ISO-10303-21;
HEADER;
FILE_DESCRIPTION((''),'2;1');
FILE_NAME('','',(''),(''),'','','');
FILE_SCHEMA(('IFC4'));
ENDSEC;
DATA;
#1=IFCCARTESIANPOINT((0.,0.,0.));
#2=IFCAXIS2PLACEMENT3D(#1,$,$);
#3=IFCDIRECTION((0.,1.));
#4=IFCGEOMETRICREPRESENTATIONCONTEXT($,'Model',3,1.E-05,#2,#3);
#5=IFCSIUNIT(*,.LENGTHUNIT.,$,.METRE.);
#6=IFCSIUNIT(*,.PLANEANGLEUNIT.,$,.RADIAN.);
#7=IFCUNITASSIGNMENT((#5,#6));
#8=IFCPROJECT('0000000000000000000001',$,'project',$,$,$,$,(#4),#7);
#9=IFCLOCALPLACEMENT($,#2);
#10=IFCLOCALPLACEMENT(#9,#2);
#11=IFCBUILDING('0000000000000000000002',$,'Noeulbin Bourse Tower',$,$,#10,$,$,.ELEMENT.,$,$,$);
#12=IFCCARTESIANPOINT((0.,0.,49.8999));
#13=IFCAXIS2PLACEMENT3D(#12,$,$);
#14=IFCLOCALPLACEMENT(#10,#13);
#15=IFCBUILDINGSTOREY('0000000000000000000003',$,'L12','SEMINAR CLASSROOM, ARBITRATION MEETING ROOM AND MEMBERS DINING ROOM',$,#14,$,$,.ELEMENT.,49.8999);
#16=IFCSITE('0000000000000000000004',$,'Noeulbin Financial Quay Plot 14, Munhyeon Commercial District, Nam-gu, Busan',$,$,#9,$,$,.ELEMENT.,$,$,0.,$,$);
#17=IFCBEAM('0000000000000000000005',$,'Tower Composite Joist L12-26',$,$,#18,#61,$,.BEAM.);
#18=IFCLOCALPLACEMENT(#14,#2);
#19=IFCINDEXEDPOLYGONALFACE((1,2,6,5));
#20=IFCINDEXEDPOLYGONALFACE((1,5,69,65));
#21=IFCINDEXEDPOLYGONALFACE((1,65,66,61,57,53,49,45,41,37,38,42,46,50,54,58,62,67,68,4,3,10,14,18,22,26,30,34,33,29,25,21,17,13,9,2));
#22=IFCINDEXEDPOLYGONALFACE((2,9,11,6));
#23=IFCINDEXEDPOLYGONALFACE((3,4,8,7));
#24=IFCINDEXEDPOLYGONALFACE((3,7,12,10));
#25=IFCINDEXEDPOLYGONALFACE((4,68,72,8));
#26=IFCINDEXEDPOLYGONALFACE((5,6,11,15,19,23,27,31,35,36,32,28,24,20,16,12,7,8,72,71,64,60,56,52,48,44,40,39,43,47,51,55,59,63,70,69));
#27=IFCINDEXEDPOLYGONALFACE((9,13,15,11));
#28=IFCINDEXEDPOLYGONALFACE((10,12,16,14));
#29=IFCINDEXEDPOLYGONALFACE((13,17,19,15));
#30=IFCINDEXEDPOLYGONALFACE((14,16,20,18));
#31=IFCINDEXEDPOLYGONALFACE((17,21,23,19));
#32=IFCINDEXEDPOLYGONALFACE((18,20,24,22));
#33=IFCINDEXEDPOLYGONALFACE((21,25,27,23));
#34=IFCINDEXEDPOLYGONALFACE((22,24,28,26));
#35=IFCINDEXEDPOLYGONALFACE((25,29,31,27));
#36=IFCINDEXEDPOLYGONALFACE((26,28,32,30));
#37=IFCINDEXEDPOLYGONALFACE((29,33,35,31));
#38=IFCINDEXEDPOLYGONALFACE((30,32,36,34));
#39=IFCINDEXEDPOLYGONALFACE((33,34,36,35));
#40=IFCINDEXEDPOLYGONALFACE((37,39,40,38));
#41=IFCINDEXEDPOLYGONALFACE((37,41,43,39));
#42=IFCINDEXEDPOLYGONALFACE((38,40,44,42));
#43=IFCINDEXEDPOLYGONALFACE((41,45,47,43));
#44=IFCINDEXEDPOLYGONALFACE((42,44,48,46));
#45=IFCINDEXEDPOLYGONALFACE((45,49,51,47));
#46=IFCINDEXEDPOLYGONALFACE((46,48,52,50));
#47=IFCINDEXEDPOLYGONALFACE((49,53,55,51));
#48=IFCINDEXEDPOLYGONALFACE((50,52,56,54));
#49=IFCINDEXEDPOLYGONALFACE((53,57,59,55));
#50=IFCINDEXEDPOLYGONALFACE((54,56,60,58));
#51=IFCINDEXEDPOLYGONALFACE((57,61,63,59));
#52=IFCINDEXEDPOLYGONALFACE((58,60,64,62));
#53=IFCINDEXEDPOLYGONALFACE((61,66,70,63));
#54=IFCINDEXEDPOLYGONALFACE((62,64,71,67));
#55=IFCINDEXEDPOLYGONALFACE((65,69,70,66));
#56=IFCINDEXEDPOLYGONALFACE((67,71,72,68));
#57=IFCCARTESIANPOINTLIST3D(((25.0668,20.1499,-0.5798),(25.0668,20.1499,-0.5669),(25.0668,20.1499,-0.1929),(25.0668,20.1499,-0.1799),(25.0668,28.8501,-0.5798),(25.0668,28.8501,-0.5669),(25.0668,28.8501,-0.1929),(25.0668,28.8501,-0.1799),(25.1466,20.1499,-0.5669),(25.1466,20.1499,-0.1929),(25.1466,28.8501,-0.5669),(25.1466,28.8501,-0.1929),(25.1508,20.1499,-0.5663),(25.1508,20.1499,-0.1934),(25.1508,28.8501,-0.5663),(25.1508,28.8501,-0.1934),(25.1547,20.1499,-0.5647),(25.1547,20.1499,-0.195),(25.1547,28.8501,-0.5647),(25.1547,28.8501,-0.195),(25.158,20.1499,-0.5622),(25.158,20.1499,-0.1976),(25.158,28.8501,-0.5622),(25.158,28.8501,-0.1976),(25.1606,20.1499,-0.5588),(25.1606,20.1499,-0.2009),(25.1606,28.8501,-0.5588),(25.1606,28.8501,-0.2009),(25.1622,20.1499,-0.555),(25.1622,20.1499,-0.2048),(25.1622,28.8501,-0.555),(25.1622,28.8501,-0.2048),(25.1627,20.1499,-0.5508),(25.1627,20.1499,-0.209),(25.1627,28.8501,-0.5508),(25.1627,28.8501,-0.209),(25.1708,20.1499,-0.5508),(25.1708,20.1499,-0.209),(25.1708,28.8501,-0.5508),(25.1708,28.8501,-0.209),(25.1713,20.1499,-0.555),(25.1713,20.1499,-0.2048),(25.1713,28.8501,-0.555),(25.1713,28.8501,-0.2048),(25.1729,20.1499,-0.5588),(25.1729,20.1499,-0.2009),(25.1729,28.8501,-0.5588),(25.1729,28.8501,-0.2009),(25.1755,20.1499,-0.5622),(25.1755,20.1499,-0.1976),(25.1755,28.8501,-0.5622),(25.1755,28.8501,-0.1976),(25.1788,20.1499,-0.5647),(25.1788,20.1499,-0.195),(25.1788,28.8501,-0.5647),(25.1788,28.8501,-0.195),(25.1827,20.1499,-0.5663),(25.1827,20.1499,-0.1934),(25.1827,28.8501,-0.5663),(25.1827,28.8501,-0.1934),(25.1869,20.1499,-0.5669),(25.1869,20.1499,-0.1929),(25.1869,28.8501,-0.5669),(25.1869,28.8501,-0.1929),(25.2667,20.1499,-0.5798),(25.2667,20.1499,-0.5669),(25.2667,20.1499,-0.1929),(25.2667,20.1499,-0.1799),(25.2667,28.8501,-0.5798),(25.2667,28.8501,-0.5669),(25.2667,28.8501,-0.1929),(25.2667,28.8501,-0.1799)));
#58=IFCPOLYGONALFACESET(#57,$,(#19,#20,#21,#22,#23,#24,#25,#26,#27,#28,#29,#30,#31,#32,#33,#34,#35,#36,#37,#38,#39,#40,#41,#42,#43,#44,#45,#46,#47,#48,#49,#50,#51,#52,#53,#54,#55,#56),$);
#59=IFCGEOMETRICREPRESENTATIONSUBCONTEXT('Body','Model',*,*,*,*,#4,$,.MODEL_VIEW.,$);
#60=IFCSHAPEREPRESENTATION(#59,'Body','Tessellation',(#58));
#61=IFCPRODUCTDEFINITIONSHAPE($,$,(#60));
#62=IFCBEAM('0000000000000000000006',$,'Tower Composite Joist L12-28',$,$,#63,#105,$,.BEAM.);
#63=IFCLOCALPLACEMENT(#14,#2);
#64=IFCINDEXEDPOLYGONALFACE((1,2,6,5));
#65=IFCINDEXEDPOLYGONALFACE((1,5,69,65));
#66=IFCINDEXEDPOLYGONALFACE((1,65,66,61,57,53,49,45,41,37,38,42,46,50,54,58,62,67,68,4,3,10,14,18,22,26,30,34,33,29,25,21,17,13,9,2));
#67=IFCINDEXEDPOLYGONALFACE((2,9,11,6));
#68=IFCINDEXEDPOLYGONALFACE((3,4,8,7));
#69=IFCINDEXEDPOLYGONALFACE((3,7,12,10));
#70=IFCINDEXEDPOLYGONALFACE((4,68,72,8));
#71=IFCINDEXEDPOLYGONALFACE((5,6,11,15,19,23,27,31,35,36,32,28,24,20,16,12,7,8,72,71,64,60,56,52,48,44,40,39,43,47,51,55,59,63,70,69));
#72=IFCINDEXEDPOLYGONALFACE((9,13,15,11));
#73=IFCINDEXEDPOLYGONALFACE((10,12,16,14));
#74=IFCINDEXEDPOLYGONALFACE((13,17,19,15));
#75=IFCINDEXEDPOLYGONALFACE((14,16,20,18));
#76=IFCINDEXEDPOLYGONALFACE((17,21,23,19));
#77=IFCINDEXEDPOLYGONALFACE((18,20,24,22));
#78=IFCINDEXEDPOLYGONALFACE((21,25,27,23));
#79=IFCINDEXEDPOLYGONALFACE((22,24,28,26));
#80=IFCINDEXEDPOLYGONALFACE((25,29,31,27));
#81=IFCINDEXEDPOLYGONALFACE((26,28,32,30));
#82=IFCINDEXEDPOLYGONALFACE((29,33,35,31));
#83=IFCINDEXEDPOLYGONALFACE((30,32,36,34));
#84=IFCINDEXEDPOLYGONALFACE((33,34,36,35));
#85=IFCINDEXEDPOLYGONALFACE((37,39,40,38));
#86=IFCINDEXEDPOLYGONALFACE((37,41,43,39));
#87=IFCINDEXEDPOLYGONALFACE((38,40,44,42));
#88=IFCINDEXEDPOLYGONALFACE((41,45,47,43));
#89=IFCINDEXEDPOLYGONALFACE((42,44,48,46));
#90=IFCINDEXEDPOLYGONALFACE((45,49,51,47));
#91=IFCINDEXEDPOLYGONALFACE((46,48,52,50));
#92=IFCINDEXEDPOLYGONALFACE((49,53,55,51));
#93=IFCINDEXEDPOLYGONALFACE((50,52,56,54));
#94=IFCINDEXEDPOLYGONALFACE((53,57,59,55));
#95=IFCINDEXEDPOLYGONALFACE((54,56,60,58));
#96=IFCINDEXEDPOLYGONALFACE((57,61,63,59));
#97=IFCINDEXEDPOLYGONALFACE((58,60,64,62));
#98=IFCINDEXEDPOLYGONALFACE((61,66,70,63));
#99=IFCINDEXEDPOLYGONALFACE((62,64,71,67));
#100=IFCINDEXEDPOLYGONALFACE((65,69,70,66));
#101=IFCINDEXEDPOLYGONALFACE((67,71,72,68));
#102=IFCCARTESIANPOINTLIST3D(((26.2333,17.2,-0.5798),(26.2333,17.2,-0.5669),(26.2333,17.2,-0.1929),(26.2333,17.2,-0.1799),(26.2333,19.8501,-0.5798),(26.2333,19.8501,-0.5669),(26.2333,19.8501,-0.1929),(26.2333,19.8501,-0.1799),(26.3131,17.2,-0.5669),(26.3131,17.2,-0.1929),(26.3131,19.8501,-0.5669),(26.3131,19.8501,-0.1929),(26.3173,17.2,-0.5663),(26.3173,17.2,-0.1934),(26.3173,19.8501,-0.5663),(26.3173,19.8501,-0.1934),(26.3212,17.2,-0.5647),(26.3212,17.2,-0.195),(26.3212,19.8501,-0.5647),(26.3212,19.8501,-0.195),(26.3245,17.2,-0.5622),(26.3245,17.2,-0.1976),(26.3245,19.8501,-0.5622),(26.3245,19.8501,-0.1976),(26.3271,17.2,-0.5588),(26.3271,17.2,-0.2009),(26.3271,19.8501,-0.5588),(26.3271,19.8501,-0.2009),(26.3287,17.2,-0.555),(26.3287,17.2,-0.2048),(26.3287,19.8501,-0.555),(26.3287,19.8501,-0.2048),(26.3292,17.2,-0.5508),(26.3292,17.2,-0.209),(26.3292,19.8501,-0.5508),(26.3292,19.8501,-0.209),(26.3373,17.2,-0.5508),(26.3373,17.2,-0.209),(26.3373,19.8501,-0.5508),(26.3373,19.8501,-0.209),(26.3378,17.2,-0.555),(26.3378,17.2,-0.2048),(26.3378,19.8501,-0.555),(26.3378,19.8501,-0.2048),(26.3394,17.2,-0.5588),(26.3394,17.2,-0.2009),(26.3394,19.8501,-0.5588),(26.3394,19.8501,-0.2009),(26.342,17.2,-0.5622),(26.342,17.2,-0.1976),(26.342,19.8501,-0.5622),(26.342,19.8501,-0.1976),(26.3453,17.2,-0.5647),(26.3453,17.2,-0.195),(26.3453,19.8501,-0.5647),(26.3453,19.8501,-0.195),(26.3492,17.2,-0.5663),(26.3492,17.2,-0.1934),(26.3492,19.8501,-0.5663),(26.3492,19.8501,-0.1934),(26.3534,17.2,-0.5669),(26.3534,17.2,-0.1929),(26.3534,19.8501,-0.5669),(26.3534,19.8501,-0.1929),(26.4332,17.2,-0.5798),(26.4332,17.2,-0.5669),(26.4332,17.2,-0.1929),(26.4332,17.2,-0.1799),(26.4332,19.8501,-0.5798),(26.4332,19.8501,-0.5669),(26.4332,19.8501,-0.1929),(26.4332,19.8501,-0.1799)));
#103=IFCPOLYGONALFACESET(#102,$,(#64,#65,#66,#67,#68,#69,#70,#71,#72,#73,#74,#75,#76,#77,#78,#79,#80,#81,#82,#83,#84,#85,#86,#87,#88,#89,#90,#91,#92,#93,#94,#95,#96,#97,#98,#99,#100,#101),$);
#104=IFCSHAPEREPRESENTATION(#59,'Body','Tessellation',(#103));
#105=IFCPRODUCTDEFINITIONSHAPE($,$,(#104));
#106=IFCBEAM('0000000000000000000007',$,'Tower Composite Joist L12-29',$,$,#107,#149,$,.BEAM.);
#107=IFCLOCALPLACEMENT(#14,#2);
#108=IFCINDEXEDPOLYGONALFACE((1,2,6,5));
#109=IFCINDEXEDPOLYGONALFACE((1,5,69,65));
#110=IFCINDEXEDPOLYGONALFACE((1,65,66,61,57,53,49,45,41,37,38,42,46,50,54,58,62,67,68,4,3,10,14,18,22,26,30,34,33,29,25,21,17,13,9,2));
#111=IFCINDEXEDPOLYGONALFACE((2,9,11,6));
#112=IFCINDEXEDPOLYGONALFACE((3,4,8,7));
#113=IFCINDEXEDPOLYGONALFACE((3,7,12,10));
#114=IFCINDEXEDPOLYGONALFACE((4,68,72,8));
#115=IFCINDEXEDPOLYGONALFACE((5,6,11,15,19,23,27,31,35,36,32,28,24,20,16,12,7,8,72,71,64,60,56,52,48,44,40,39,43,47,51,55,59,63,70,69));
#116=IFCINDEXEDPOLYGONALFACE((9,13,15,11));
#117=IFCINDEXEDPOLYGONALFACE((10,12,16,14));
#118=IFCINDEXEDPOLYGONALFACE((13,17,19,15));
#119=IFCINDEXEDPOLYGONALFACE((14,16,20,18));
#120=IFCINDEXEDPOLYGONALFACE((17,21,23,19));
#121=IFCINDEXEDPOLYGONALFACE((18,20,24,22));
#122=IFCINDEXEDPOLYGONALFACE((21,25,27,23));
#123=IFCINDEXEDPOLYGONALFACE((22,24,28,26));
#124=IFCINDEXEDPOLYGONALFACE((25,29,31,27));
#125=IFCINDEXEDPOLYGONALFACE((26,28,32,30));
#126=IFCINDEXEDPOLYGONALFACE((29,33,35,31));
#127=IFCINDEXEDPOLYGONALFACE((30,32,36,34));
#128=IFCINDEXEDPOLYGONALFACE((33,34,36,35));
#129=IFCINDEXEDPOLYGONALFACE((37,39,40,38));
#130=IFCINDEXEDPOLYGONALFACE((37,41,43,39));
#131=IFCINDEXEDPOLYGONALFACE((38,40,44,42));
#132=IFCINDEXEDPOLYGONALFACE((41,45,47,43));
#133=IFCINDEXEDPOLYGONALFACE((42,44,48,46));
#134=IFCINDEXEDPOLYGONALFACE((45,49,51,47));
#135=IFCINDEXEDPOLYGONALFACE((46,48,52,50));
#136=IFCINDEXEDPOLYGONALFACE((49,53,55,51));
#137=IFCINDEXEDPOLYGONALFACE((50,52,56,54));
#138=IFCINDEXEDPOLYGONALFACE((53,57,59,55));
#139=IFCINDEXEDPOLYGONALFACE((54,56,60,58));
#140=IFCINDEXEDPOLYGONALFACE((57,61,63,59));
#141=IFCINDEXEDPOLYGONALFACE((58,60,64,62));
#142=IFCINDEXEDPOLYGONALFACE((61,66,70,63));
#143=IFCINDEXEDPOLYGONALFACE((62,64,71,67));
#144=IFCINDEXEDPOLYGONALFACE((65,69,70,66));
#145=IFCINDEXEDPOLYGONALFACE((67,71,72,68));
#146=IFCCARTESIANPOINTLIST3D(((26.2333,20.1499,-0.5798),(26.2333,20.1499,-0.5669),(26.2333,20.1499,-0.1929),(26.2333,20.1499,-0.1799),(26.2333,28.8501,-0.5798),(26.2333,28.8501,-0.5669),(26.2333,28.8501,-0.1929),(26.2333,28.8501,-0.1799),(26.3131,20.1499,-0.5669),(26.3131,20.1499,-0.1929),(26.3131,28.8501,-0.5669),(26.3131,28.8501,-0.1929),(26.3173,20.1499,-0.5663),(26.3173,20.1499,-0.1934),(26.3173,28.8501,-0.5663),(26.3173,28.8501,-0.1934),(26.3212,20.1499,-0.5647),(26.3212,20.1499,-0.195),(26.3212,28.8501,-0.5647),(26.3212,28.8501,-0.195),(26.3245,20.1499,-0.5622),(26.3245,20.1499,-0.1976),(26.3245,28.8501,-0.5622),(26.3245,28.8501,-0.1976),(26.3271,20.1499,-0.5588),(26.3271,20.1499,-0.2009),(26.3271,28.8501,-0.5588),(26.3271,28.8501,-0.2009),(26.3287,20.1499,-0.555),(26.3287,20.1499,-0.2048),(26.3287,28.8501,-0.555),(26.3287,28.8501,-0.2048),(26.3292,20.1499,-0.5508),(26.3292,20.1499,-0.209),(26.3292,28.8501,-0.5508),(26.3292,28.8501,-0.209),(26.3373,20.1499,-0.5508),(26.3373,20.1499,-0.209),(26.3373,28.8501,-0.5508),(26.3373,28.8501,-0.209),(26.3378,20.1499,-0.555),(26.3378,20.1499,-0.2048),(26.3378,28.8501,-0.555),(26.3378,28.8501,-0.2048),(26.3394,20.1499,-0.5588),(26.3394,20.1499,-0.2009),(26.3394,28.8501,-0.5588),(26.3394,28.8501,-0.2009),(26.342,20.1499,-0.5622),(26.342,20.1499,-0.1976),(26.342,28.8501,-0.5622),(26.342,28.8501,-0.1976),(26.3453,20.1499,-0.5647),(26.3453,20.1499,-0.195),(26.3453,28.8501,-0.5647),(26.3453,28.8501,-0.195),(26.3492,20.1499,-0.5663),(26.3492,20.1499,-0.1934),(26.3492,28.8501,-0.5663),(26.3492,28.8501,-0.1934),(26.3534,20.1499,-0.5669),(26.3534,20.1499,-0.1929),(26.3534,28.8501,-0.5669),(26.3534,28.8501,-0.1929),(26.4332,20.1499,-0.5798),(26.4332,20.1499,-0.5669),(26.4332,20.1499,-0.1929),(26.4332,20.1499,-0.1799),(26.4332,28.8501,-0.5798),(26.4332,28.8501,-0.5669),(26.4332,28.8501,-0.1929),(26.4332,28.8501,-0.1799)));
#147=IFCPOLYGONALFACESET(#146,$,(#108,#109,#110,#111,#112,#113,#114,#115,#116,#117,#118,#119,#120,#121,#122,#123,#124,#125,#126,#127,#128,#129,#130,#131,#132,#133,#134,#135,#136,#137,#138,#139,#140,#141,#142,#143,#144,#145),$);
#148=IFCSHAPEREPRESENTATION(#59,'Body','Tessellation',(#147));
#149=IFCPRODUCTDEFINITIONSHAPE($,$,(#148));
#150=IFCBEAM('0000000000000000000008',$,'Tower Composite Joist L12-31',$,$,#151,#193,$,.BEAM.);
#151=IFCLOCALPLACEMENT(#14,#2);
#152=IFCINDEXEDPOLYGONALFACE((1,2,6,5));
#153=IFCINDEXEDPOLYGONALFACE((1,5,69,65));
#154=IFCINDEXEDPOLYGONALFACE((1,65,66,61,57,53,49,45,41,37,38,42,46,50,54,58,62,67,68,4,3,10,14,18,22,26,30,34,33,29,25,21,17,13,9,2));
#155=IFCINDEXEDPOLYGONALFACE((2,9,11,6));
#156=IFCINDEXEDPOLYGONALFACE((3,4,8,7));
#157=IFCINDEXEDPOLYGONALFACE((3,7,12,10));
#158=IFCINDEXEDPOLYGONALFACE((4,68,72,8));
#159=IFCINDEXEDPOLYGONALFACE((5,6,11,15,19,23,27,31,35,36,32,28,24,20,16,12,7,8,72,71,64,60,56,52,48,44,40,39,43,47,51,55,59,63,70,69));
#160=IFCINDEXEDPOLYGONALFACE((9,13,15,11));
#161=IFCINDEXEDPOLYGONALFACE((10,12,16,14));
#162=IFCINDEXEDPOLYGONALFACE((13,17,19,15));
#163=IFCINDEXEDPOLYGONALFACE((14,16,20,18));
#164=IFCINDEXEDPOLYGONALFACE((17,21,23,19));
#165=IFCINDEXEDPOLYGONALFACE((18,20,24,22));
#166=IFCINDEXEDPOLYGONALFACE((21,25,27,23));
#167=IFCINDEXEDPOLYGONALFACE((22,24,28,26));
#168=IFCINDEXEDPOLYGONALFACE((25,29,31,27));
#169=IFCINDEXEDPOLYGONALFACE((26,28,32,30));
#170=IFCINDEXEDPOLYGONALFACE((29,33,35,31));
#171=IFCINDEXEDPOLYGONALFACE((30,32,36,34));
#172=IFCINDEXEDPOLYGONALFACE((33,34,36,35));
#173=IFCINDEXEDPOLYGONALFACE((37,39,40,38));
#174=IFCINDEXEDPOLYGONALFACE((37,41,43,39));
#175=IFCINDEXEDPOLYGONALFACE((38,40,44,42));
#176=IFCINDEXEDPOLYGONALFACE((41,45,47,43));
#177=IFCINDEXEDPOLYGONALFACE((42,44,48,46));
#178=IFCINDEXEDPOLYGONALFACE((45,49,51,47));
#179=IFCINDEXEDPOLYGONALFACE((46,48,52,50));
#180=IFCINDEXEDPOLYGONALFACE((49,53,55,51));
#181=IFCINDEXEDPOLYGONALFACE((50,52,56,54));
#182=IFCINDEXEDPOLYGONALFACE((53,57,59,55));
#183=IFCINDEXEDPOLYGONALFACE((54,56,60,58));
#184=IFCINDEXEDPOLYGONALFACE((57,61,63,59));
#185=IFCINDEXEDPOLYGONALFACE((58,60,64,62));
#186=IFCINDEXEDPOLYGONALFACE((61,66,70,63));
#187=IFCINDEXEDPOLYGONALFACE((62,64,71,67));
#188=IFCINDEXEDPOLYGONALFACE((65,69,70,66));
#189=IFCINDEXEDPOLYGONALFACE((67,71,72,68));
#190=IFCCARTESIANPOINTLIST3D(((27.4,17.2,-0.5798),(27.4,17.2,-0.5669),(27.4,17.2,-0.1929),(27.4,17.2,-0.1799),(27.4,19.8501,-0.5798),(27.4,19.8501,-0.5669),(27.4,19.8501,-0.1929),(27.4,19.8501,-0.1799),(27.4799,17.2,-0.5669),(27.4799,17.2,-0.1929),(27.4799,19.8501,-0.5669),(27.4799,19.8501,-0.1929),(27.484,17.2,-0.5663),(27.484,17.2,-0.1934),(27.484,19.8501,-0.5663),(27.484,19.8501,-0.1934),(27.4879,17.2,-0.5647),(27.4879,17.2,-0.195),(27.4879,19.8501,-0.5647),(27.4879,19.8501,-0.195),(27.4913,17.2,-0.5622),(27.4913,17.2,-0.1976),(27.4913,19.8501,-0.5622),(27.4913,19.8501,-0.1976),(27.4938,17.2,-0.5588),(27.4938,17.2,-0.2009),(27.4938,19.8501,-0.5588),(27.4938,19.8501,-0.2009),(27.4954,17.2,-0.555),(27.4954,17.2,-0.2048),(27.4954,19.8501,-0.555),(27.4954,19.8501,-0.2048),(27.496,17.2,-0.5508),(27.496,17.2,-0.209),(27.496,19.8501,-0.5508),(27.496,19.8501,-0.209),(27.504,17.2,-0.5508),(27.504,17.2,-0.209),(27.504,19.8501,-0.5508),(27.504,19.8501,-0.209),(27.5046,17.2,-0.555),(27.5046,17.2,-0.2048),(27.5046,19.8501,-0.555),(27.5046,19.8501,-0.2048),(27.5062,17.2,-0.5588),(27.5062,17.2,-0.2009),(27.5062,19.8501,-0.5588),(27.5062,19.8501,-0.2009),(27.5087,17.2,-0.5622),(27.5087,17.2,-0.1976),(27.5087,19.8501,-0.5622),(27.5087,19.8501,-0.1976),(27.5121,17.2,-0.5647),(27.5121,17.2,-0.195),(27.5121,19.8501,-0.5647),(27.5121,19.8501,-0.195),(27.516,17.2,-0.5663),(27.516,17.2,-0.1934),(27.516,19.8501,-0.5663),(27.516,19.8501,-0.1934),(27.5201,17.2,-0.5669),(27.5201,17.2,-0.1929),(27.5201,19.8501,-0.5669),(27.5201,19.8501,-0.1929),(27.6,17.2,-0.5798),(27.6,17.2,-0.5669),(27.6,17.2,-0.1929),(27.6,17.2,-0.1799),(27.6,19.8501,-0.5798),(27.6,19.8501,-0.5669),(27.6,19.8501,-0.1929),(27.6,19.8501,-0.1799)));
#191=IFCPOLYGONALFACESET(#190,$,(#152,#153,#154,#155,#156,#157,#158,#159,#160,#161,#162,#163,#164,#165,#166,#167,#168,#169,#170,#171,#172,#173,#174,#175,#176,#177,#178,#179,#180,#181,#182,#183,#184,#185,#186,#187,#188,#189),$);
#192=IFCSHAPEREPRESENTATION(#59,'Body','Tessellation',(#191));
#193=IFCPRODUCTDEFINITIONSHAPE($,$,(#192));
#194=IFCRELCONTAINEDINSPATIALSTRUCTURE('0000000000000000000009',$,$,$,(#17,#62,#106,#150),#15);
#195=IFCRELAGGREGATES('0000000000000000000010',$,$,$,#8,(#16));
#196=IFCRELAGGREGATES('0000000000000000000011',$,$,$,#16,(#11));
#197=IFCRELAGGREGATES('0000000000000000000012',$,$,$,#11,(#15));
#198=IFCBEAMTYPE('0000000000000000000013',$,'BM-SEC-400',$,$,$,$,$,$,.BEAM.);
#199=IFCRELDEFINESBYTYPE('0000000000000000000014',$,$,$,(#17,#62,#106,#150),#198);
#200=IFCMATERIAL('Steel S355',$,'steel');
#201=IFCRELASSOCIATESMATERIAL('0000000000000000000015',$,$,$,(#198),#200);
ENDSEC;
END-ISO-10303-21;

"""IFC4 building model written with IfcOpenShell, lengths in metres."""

from ifc_helpers import new_model, si_unit, direction, frame, origin, origin_2d, place, context, subcontext, project, spatial, i_section, extrude, material, material_profile, profile_set, type_object, element, save


model = new_model("IFC4")

# Units and contexts
model_context = context("Model", 3, precision=1e-05, world=origin(), true_north=direction((0.0, 1.0)))
body_context = subcontext(model_context, "Body", "Model", "MODEL_VIEW")
ifc_project = project(units=[si_unit("LENGTHUNIT", "METRE"), si_unit("PLANEANGLEUNIT", "RADIAN")], contexts=[model_context])

# Site, building, storey
site_placement = place(None, origin())
site = spatial("IfcSite", under=ifc_project, at=site_placement, Name="Noeulbin Financial Quay Plot 14, Munhyeon Commercial District, Nam-gu, Busan", CompositionType="ELEMENT", RefElevation=0.0)
building_placement = place(site_placement, origin())
building = spatial("IfcBuilding", under=site, at=building_placement, Name="Noeulbin Bourse Tower", CompositionType="ELEMENT")
storey_placement = place(building_placement, frame((0.0, 0.0, 49.8999)))
storey = spatial("IfcBuildingStorey", under=building, at=storey_placement, Name="L12", Description="SEMINAR CLASSROOM, ARBITRATION MEETING ROOM AND MEMBERS DINING ROOM", CompositionType="ELEMENT", Elevation=49.8999)

# Beams
ifc_material_1 = material(Name="Steel S355", Category="steel")
ifc_material_profile_1 = material_profile(ifc_material_1, i_section(OverallWidth=0.2, OverallDepth=0.3999, WebThickness=0.0081, FlangeThickness=0.0129, FilletRadius=0.0161, at=origin_2d()), Name="H-400x200x8x13", Category="LoadBearing")
ifc_profile_set_1 = profile_set([ifc_material_profile_1], Name="Steel S355")
beam_type_1 = type_object("IfcBeamType", Name="BM-SEC-400", PredefinedType="BEAM", material=ifc_profile_set_1)
beam_1_placement = place(storey_placement, frame((25.1667, 20.1499, -0.3799), z_axis=(0.0, 1.0, 0.0), x_axis=(-1.0, 0.0, 0.0)))
element("IfcBeam", 1, at=beam_1_placement, inside=storey, type_object=beam_type_1, Name="Tower Composite Joist L12-26", PredefinedType="BEAM", context=body_context, shape_type="SweptSolid", body=[
    extrude(i_section(OverallWidth=0.2, OverallDepth=0.3999, WebThickness=0.0081, FlangeThickness=0.0129, FilletRadius=0.0161, at=origin_2d()), origin(), (0.0, 0.0, 1.0), 8.7002),
])
beam_2_placement = place(storey_placement, frame((26.3333, 17.2, -0.3799), z_axis=(0.0, 1.0, 0.0), x_axis=(-1.0, 0.0, 0.0)))
element("IfcBeam", 2, at=beam_2_placement, inside=storey, type_object=beam_type_1, Name="Tower Composite Joist L12-28", PredefinedType="BEAM", context=body_context, shape_type="SweptSolid", body=[
    extrude(i_section(OverallWidth=0.2, OverallDepth=0.3999, WebThickness=0.0081, FlangeThickness=0.0129, FilletRadius=0.0161, at=origin_2d()), origin(), (0.0, 0.0, 1.0), 2.6501),
])
beam_3_placement = place(storey_placement, frame((26.3333, 20.1499, -0.3799), z_axis=(0.0, 1.0, 0.0), x_axis=(-1.0, 0.0, 0.0)))
element("IfcBeam", 3, at=beam_3_placement, inside=storey, type_object=beam_type_1, Name="Tower Composite Joist L12-29", PredefinedType="BEAM", context=body_context, shape_type="SweptSolid", body=[
    extrude(i_section(OverallWidth=0.2, OverallDepth=0.3999, WebThickness=0.0081, FlangeThickness=0.0129, FilletRadius=0.0161, at=origin_2d()), origin(), (0.0, 0.0, 1.0), 8.7002),
])
beam_4_placement = place(storey_placement, frame((27.5, 17.2, -0.3799), z_axis=(0.0, 1.0, 0.0), x_axis=(-1.0, 0.0, 0.0)))
element("IfcBeam", 4, at=beam_4_placement, inside=storey, type_object=beam_type_1, Name="Tower Composite Joist L12-31", PredefinedType="BEAM", context=body_context, shape_type="SweptSolid", body=[
    extrude(i_section(OverallWidth=0.2, OverallDepth=0.3999, WebThickness=0.0081, FlangeThickness=0.0129, FilletRadius=0.0161, at=origin_2d()), origin(), (0.0, 0.0, 1.0), 2.6501),
])

save(model, "model.ifc")
